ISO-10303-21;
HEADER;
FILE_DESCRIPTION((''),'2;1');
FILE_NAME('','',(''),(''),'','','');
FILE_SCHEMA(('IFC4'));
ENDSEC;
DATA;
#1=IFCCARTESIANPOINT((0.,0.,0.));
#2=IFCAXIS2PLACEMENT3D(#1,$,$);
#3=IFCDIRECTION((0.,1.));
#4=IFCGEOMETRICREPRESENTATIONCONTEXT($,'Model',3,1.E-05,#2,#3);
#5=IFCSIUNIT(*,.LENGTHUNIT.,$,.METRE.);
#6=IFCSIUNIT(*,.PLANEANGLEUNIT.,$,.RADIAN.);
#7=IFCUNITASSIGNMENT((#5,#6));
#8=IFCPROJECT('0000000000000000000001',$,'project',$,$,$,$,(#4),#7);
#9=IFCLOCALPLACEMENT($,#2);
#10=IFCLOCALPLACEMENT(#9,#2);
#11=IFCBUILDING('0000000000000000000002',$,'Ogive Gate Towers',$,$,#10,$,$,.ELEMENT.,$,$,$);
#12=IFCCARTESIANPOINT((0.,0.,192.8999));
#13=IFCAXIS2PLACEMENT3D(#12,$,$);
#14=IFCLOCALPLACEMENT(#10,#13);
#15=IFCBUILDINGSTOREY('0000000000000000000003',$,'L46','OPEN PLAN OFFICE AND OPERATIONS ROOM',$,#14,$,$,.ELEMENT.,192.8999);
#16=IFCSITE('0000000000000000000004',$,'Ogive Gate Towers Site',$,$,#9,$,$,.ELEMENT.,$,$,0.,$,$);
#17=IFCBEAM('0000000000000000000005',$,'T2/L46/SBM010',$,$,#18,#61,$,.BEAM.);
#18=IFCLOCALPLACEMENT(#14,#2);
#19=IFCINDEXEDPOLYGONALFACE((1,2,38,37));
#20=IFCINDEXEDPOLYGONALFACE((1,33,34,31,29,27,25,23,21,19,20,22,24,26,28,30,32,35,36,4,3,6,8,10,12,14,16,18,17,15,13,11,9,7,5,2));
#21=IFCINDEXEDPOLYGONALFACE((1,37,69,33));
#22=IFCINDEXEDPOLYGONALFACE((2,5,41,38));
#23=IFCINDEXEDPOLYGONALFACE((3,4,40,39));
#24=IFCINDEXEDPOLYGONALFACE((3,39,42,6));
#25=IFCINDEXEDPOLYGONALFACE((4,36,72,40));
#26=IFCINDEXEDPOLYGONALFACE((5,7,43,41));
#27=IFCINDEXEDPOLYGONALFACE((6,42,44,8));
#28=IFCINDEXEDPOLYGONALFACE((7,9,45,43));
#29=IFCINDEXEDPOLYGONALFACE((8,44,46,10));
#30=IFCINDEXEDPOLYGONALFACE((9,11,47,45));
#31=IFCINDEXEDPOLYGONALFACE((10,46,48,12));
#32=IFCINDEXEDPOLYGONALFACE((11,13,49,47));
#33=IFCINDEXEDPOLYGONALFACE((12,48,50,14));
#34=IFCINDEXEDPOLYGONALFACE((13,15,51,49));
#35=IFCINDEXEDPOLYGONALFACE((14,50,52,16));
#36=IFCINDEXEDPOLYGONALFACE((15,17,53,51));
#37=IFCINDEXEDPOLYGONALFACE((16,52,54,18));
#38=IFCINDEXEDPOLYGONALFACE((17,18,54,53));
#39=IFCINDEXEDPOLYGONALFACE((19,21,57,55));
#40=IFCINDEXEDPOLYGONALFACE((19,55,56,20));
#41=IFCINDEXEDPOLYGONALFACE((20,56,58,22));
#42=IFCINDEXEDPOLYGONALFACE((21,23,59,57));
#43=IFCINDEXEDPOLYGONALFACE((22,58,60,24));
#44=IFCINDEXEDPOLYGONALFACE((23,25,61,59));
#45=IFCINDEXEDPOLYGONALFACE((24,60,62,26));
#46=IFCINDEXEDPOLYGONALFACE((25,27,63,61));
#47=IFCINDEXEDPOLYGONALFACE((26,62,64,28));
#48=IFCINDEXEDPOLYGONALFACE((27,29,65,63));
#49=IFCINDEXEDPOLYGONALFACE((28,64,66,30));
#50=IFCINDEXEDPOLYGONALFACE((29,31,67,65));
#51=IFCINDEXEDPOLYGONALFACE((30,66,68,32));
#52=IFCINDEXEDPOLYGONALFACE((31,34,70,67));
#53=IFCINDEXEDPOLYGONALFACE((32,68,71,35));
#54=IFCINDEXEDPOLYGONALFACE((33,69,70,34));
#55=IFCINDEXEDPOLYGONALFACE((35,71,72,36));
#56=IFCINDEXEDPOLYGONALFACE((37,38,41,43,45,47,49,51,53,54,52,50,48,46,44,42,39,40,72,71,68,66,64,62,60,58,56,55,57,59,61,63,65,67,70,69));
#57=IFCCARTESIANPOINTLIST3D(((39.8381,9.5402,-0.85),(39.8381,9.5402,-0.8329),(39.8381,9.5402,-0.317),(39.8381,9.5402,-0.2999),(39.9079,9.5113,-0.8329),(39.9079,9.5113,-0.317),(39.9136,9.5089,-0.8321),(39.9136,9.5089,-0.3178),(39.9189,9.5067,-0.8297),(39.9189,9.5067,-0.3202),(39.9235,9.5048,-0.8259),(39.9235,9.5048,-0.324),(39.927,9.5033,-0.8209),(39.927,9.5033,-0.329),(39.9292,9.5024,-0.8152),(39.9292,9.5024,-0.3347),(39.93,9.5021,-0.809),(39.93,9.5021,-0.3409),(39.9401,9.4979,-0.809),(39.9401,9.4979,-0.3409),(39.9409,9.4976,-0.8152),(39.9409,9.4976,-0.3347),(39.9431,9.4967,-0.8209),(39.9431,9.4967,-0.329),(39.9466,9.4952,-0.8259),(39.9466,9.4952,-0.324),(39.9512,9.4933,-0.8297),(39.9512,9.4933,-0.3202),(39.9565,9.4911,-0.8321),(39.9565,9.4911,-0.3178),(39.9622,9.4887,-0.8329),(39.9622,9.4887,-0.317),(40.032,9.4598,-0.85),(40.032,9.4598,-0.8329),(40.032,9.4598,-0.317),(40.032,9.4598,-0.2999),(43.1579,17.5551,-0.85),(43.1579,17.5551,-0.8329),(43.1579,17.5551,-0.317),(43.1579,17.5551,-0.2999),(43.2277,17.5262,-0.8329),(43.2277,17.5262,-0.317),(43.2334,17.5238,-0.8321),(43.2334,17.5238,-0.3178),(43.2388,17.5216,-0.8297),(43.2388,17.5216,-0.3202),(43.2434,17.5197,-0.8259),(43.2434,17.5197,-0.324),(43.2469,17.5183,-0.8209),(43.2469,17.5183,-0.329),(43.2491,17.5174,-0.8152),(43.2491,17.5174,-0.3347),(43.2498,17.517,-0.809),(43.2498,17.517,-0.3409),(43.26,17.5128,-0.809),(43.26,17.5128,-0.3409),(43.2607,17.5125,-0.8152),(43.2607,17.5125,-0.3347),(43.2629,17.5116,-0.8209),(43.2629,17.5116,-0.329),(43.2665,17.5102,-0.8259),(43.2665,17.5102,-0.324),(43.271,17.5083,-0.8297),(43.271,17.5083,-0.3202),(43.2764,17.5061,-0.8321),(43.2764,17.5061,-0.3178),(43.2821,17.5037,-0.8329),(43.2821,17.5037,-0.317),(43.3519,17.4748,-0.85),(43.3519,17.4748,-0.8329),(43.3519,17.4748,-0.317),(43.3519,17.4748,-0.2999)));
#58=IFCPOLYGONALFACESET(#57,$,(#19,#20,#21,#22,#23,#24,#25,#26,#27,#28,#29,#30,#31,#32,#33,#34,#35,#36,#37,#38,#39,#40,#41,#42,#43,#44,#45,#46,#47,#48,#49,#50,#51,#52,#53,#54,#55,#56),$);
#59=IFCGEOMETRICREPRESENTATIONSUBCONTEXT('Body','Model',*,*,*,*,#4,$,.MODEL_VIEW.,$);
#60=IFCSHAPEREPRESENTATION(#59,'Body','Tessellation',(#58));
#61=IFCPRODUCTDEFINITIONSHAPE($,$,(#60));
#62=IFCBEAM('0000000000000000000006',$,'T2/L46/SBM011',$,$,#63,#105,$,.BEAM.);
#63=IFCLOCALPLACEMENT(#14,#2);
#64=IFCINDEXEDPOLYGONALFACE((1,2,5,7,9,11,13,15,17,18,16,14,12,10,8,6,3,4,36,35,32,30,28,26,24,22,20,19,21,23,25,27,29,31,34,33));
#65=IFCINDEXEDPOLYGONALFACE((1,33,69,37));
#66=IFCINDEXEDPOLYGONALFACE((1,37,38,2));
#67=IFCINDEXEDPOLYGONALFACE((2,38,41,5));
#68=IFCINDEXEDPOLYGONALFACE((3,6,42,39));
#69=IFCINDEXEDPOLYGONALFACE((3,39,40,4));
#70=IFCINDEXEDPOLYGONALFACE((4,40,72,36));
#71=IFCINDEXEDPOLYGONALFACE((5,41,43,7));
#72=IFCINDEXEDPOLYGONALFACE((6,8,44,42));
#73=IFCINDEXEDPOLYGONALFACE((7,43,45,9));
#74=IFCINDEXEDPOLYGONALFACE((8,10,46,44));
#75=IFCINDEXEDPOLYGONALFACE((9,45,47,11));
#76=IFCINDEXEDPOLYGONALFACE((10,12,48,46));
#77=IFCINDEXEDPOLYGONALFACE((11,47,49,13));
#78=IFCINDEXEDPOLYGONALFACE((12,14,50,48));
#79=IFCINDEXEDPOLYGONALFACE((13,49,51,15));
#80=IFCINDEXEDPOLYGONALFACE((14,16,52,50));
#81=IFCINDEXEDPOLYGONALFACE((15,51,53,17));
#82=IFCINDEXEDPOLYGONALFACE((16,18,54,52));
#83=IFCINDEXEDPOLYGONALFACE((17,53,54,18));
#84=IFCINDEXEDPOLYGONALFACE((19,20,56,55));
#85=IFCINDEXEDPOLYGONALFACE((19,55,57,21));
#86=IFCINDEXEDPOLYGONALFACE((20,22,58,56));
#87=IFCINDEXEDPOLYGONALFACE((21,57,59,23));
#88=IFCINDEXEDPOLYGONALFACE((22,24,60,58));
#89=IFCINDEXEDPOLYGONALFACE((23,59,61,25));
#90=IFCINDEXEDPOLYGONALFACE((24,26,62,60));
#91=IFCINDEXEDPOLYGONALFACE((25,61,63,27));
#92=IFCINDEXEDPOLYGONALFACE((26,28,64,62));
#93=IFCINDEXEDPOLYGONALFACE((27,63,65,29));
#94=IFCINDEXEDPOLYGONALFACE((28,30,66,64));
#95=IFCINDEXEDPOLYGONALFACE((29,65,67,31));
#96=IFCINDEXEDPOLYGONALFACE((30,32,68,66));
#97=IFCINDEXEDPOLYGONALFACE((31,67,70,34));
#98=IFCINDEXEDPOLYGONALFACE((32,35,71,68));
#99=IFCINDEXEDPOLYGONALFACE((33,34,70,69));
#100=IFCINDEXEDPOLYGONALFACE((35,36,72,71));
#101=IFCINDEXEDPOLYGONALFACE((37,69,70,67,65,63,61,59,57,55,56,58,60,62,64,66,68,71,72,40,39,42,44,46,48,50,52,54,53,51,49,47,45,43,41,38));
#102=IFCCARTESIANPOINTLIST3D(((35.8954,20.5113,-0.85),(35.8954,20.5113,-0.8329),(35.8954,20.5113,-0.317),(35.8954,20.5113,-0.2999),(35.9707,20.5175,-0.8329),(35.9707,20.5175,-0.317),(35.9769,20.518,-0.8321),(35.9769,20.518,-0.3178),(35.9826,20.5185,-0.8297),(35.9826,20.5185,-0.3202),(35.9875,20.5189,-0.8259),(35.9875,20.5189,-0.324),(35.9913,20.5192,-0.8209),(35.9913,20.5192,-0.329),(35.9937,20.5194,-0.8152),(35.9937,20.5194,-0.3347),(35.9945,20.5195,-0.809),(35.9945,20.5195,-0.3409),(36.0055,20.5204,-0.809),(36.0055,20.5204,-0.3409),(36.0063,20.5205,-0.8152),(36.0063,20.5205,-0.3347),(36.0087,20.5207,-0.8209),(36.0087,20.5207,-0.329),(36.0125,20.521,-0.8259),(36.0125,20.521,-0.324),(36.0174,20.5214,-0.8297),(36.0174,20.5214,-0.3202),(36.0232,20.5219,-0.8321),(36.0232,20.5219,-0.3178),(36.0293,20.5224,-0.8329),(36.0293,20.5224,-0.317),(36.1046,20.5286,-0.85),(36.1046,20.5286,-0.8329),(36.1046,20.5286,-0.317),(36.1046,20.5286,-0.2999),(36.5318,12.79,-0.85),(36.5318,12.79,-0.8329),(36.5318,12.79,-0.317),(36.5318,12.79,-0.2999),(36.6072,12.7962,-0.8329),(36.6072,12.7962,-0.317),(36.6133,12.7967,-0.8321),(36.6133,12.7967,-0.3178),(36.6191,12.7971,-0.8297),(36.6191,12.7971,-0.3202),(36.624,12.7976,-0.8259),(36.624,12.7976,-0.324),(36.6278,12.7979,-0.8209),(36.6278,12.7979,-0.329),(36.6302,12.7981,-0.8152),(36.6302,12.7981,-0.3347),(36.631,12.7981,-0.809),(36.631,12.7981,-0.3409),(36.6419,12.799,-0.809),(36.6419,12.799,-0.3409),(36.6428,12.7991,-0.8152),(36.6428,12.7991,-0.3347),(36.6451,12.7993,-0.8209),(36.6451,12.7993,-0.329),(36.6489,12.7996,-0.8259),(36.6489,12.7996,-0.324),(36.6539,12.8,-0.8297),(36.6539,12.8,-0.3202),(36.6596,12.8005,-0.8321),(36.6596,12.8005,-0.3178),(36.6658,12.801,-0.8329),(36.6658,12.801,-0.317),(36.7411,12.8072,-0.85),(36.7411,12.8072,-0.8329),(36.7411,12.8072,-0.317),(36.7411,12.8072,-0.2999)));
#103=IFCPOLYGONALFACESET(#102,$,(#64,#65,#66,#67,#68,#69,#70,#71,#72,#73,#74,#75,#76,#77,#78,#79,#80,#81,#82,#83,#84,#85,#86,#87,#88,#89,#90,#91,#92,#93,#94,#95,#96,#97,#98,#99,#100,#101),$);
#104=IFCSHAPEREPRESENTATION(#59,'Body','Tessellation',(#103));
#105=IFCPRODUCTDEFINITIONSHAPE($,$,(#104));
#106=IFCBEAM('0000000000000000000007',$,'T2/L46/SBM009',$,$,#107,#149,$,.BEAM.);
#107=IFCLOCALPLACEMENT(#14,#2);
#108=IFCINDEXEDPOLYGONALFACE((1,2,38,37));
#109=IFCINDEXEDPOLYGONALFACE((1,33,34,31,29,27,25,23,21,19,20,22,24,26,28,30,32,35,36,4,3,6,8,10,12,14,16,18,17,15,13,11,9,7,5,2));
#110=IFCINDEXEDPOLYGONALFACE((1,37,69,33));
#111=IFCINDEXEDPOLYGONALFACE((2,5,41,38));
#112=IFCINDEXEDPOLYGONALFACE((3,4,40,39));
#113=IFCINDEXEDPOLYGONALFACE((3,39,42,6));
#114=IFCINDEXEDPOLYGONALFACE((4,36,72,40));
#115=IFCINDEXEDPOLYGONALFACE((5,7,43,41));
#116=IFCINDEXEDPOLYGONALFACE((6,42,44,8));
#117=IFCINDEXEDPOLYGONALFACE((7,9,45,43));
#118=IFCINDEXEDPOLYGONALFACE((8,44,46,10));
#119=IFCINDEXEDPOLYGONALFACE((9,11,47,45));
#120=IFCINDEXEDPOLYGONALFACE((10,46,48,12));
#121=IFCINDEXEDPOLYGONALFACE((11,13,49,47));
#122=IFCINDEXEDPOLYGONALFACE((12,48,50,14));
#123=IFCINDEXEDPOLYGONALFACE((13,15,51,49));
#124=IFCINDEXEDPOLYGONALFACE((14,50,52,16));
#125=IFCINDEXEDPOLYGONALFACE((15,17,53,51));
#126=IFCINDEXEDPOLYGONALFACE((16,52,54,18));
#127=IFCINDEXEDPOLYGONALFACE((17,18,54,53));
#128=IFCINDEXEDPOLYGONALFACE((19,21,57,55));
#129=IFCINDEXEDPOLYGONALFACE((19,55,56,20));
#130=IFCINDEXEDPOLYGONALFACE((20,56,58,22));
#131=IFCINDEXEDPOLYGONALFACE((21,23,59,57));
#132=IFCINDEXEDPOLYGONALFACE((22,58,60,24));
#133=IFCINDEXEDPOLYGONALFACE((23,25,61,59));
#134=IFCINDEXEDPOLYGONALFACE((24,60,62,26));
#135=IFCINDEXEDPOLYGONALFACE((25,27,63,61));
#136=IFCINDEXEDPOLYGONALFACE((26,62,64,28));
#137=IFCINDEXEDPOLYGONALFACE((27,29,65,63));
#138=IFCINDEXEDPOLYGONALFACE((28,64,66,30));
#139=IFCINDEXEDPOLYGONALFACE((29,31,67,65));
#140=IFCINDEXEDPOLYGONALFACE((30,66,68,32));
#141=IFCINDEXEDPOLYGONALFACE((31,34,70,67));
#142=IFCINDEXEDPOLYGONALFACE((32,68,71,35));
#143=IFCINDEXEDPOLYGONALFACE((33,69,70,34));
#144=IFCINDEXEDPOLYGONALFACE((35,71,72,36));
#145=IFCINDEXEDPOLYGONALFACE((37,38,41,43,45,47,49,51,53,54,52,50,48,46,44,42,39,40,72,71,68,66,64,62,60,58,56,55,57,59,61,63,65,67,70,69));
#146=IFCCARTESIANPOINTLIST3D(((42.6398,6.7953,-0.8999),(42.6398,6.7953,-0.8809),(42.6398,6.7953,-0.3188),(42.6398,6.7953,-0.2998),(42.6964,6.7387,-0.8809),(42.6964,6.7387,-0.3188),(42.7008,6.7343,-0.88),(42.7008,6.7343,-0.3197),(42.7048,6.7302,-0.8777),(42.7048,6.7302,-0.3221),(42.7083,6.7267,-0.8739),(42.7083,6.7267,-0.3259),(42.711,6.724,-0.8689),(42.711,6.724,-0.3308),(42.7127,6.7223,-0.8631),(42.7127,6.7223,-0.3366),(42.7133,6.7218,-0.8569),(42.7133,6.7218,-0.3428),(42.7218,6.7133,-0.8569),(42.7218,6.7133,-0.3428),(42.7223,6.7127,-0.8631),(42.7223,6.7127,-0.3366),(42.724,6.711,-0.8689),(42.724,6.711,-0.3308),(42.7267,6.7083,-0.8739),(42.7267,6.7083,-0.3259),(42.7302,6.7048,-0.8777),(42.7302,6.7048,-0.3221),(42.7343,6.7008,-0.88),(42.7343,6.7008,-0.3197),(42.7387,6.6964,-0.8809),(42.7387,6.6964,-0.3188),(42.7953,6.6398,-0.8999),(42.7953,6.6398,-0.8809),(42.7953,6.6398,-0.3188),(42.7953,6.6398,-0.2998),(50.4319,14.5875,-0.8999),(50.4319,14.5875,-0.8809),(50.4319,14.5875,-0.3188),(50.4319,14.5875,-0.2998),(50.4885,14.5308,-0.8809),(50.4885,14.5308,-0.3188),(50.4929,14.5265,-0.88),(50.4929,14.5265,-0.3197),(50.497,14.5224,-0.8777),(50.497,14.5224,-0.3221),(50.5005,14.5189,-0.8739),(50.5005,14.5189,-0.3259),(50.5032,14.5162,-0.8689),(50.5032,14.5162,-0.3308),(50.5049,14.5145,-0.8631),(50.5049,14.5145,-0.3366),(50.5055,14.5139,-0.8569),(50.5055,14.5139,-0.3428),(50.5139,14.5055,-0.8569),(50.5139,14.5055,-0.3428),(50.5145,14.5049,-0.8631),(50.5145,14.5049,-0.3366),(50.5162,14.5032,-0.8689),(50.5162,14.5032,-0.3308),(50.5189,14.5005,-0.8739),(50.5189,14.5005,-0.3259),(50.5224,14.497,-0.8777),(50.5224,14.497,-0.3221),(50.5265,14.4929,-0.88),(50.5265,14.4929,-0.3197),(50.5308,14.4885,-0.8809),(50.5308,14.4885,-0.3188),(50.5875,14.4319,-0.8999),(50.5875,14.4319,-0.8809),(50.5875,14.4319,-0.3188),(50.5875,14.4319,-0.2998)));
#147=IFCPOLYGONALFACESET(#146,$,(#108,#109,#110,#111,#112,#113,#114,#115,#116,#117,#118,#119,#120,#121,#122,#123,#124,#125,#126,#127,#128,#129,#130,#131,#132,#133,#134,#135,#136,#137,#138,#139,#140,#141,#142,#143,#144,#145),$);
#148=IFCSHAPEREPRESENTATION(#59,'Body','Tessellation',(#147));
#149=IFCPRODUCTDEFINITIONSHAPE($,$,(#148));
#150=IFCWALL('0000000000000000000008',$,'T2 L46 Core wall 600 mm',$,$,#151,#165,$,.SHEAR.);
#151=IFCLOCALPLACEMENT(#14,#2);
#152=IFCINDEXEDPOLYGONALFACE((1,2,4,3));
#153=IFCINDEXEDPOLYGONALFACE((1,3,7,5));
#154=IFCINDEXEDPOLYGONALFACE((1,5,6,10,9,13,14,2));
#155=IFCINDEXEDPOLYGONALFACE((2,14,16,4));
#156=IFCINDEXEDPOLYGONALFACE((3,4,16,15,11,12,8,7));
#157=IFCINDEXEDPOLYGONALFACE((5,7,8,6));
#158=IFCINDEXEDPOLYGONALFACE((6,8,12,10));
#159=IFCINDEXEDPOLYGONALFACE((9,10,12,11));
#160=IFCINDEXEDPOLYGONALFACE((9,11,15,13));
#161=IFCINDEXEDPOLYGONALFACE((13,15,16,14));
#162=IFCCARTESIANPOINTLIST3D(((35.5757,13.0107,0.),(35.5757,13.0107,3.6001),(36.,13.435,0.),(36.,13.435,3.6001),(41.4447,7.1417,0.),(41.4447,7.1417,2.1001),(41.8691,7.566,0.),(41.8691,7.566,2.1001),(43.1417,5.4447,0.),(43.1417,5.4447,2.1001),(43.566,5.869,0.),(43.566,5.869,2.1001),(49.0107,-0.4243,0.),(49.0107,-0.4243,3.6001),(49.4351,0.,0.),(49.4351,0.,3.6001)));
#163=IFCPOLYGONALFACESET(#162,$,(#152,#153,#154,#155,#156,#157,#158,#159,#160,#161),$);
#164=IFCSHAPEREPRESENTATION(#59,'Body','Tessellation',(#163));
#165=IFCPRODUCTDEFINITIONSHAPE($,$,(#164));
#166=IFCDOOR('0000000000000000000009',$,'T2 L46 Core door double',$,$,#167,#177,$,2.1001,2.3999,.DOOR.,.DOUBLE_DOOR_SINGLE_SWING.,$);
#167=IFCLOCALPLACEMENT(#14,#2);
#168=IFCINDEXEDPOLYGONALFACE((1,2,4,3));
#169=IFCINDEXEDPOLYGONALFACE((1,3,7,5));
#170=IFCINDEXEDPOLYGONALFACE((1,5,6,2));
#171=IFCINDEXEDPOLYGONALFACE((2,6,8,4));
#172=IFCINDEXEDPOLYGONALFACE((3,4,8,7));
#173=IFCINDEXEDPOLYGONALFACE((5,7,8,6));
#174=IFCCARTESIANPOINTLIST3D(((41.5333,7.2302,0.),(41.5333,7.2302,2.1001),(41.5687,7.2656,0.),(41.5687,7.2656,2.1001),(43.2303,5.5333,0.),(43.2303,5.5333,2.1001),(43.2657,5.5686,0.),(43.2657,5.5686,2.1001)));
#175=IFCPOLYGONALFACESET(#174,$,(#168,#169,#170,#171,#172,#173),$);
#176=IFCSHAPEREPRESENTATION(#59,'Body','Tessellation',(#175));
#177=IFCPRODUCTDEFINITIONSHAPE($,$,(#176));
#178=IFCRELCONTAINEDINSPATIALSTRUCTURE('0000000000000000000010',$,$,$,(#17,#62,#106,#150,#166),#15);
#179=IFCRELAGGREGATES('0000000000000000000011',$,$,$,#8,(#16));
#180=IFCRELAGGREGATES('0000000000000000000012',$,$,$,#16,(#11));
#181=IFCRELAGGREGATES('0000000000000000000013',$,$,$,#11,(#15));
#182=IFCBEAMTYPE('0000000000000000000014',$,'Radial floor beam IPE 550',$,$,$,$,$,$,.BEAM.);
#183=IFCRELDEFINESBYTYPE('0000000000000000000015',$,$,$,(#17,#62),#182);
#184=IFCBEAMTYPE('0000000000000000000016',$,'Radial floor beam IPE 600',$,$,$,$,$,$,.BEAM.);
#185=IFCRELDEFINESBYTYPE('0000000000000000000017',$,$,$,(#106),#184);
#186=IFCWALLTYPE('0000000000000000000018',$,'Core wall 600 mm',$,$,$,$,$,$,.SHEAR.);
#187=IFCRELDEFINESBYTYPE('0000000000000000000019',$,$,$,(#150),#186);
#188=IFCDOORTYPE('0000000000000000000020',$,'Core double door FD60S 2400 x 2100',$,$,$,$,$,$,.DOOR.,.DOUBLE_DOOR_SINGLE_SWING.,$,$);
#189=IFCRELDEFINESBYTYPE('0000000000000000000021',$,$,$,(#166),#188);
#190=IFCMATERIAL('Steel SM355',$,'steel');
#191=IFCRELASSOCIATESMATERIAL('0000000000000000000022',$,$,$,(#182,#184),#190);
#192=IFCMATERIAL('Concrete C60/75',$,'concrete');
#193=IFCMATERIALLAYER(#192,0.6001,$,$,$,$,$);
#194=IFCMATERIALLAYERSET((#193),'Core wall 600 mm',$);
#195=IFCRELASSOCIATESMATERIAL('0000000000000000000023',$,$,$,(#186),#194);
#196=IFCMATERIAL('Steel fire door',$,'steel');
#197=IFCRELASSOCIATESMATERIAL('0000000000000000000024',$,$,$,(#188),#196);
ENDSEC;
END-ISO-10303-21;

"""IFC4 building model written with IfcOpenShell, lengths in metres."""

from ifc_helpers import new_model, si_unit, direction, frame, frame_2d, origin, origin_2d, place, context, subcontext, project, spatial, rectangle, i_section, extrude, material, layer, layer_set, material_profile, profile_set, type_object, element, fill, save


model = new_model("IFC4")

# Units and contexts
model_context = context("Model", 3, precision=1e-05, world=origin(), true_north=direction((0.0, 1.0)))
body_context = subcontext(model_context, "Body", "Model", "MODEL_VIEW")
ifc_project = project(units=[si_unit("LENGTHUNIT", "METRE"), si_unit("PLANEANGLEUNIT", "RADIAN")], contexts=[model_context])

# Site, building, storey
site_placement = place(None, origin())
site = spatial("IfcSite", under=ifc_project, at=site_placement, Name="Ogive Gate Towers Site", CompositionType="ELEMENT", RefElevation=0.0)
building_placement = place(site_placement, origin())
building = spatial("IfcBuilding", under=site, at=building_placement, Name="Ogive Gate Towers", CompositionType="ELEMENT")
storey_placement = place(building_placement, frame((0.0, 0.0, 192.8999)))
storey = spatial("IfcBuildingStorey", under=building, at=storey_placement, Name="L46", Description="OPEN PLAN OFFICE AND OPERATIONS ROOM", CompositionType="ELEMENT", Elevation=192.8999)

# Beams
ifc_material_1 = material(Name="Steel SM355", Category="steel")
ifc_material_profile_1 = material_profile(ifc_material_1, i_section(OverallWidth=0.21, OverallDepth=0.55, WebThickness=0.011, FlangeThickness=0.0171, FilletRadius=0.0239, at=origin_2d()), Name="IPE 550")
ifc_profile_set_1 = profile_set([ifc_material_profile_1], Name="Steel SM355")
beam_type_1 = type_object("IfcBeamType", Name="Radial floor beam IPE 550", PredefinedType="BEAM", material=ifc_profile_set_1)
for number, where, z_axis, x_axis, name in (
    (1, (39.9351, 9.5, -0.575), (0.382678, 0.923882, 0.0), (-0.923882, 0.382678, 0.0), "T2/L46/SBM010"),
):
    element("IfcBeam", number, at=place(storey_placement, frame(where, z_axis=z_axis, x_axis=x_axis)), inside=storey, type_object=beam_type_1, Name=name, PredefinedType="BEAM", context=body_context, shape_type="SweptSolid", body=[
        extrude(i_section(OverallWidth=0.21, OverallDepth=0.55, WebThickness=0.011, FlangeThickness=0.0171, FilletRadius=0.0239, at=origin_2d()), origin(), (0.0, 0.0, 1.0), 8.6753),
    ])
beam_1_placement = place(storey_placement, frame((36.6365, 12.7986, -0.575), z_axis=(-0.082151, 0.99662, 0.0), x_axis=(-0.99662, -0.082151, 0.0)))
element("IfcBeam", 2, at=beam_1_placement, inside=storey, type_object=beam_type_1, Name="T2/L46/SBM011", PredefinedType="BEAM", context=body_context, shape_type="SweptSolid", body=[
    extrude(i_section(OverallWidth=0.21, OverallDepth=0.55, WebThickness=0.011, FlangeThickness=0.0171, FilletRadius=0.0239, at=origin_2d()), origin(), (0.0, 0.0, 1.0), 7.7476),
])
ifc_material_profile_2 = material_profile(ifc_material_1, i_section(OverallWidth=0.22, OverallDepth=0.6001, WebThickness=0.012, FlangeThickness=0.019, FilletRadius=0.0239, at=origin_2d()), Name="IPE 600")
ifc_profile_set_2 = profile_set([ifc_material_profile_2], Name="Steel SM355")
beam_type_2 = type_object("IfcBeamType", Name="Radial floor beam IPE 600", PredefinedType="BEAM", material=ifc_profile_set_2)
beam_2_placement = place(storey_placement, frame((42.7175, 6.7175, -0.5999), z_axis=(0.707107, 0.707107, 0.0), x_axis=(-0.707107, 0.707107, 0.0)))
element("IfcBeam", 3, at=beam_2_placement, inside=storey, type_object=beam_type_2, Name="T2/L46/SBM009", PredefinedType="BEAM", context=body_context, shape_type="SweptSolid", body=[
    extrude(i_section(OverallWidth=0.22, OverallDepth=0.6001, WebThickness=0.012, FlangeThickness=0.019, FilletRadius=0.0239, at=origin_2d()), origin(), (0.0, 0.0, 1.0), 11.0198),
])

# Wall, opening, door
ifc_material_2 = material(Name="Concrete C60/75", Category="concrete")
ifc_layer_1 = layer(ifc_material_2, 0.6001)
ifc_layer_set_1 = layer_set([ifc_layer_1], Name="Core wall 600 mm")
wall_type_1 = type_object("IfcWallType", Name="Core wall 600 mm", PredefinedType="SHEAR", material=ifc_layer_set_1)
wall_1_placement = place(storey_placement, frame((49.2229, -0.2122, 0.0), z_axis=(0.0, 0.0, 1.0), x_axis=(-0.707107, 0.707107, 0.0)))
wall_1 = element("IfcWall", 4, at=wall_1_placement, inside=storey, type_object=wall_type_1, Name="T2 L46 Core wall 600 mm", PredefinedType="SHEAR", context=body_context, shape_type="SweptSolid", body=[
    extrude(rectangle(XDim=19.0, YDim=0.6001, at=frame_2d((9.5, 0.0))), origin(), (0.0, 0.0, 1.0), 3.6001),
])
opening_1_placement = place(wall_1_placement, frame((8.3, 0.0, 0.0)))
opening_1 = element("IfcOpeningElement", 5, at=opening_1_placement, cuts=wall_1, PredefinedType="OPENING", context=body_context, shape_type="SweptSolid", body=[
    extrude(rectangle(XDim=2.3999, YDim=2.1001, at=frame_2d((1.2, 1.05))), frame((0.0, 0.3101, 0.0), z_axis=(0.0, -1.0, 0.0), x_axis=(1.0, 0.0, 0.0)), (0.0, 0.0, 1.0), 0.6201),
])
ifc_material_3 = material(Name="Steel fire door", Category="steel")
door_type_1 = type_object("IfcDoorType", Name="Core double door FD60S 2400 x 2100", OperationType="DOUBLE_DOOR_SINGLE_SWING", PredefinedType="DOOR", material=ifc_material_3)
door_1_placement = place(opening_1_placement, origin())
door_1 = element("IfcDoor", 6, at=door_1_placement, inside=storey, type_object=door_type_1, Name="T2 L46 Core door double", OperationType="DOUBLE_DOOR_SINGLE_SWING", OverallHeight=2.1001, OverallWidth=2.3999, PredefinedType="DOOR", context=body_context, shape_type="SweptSolid", body=[
    extrude(rectangle(XDim=2.3999, YDim=2.1001, at=frame_2d((1.2, 1.05))), frame((0.0, 0.1748, 0.0), z_axis=(0.0, -1.0, 0.0), x_axis=(1.0, 0.0, 0.0)), (0.0, 0.0, 1.0), 0.05),
])
fill(opening_1, door_1)

save(model, "model.ifc")
